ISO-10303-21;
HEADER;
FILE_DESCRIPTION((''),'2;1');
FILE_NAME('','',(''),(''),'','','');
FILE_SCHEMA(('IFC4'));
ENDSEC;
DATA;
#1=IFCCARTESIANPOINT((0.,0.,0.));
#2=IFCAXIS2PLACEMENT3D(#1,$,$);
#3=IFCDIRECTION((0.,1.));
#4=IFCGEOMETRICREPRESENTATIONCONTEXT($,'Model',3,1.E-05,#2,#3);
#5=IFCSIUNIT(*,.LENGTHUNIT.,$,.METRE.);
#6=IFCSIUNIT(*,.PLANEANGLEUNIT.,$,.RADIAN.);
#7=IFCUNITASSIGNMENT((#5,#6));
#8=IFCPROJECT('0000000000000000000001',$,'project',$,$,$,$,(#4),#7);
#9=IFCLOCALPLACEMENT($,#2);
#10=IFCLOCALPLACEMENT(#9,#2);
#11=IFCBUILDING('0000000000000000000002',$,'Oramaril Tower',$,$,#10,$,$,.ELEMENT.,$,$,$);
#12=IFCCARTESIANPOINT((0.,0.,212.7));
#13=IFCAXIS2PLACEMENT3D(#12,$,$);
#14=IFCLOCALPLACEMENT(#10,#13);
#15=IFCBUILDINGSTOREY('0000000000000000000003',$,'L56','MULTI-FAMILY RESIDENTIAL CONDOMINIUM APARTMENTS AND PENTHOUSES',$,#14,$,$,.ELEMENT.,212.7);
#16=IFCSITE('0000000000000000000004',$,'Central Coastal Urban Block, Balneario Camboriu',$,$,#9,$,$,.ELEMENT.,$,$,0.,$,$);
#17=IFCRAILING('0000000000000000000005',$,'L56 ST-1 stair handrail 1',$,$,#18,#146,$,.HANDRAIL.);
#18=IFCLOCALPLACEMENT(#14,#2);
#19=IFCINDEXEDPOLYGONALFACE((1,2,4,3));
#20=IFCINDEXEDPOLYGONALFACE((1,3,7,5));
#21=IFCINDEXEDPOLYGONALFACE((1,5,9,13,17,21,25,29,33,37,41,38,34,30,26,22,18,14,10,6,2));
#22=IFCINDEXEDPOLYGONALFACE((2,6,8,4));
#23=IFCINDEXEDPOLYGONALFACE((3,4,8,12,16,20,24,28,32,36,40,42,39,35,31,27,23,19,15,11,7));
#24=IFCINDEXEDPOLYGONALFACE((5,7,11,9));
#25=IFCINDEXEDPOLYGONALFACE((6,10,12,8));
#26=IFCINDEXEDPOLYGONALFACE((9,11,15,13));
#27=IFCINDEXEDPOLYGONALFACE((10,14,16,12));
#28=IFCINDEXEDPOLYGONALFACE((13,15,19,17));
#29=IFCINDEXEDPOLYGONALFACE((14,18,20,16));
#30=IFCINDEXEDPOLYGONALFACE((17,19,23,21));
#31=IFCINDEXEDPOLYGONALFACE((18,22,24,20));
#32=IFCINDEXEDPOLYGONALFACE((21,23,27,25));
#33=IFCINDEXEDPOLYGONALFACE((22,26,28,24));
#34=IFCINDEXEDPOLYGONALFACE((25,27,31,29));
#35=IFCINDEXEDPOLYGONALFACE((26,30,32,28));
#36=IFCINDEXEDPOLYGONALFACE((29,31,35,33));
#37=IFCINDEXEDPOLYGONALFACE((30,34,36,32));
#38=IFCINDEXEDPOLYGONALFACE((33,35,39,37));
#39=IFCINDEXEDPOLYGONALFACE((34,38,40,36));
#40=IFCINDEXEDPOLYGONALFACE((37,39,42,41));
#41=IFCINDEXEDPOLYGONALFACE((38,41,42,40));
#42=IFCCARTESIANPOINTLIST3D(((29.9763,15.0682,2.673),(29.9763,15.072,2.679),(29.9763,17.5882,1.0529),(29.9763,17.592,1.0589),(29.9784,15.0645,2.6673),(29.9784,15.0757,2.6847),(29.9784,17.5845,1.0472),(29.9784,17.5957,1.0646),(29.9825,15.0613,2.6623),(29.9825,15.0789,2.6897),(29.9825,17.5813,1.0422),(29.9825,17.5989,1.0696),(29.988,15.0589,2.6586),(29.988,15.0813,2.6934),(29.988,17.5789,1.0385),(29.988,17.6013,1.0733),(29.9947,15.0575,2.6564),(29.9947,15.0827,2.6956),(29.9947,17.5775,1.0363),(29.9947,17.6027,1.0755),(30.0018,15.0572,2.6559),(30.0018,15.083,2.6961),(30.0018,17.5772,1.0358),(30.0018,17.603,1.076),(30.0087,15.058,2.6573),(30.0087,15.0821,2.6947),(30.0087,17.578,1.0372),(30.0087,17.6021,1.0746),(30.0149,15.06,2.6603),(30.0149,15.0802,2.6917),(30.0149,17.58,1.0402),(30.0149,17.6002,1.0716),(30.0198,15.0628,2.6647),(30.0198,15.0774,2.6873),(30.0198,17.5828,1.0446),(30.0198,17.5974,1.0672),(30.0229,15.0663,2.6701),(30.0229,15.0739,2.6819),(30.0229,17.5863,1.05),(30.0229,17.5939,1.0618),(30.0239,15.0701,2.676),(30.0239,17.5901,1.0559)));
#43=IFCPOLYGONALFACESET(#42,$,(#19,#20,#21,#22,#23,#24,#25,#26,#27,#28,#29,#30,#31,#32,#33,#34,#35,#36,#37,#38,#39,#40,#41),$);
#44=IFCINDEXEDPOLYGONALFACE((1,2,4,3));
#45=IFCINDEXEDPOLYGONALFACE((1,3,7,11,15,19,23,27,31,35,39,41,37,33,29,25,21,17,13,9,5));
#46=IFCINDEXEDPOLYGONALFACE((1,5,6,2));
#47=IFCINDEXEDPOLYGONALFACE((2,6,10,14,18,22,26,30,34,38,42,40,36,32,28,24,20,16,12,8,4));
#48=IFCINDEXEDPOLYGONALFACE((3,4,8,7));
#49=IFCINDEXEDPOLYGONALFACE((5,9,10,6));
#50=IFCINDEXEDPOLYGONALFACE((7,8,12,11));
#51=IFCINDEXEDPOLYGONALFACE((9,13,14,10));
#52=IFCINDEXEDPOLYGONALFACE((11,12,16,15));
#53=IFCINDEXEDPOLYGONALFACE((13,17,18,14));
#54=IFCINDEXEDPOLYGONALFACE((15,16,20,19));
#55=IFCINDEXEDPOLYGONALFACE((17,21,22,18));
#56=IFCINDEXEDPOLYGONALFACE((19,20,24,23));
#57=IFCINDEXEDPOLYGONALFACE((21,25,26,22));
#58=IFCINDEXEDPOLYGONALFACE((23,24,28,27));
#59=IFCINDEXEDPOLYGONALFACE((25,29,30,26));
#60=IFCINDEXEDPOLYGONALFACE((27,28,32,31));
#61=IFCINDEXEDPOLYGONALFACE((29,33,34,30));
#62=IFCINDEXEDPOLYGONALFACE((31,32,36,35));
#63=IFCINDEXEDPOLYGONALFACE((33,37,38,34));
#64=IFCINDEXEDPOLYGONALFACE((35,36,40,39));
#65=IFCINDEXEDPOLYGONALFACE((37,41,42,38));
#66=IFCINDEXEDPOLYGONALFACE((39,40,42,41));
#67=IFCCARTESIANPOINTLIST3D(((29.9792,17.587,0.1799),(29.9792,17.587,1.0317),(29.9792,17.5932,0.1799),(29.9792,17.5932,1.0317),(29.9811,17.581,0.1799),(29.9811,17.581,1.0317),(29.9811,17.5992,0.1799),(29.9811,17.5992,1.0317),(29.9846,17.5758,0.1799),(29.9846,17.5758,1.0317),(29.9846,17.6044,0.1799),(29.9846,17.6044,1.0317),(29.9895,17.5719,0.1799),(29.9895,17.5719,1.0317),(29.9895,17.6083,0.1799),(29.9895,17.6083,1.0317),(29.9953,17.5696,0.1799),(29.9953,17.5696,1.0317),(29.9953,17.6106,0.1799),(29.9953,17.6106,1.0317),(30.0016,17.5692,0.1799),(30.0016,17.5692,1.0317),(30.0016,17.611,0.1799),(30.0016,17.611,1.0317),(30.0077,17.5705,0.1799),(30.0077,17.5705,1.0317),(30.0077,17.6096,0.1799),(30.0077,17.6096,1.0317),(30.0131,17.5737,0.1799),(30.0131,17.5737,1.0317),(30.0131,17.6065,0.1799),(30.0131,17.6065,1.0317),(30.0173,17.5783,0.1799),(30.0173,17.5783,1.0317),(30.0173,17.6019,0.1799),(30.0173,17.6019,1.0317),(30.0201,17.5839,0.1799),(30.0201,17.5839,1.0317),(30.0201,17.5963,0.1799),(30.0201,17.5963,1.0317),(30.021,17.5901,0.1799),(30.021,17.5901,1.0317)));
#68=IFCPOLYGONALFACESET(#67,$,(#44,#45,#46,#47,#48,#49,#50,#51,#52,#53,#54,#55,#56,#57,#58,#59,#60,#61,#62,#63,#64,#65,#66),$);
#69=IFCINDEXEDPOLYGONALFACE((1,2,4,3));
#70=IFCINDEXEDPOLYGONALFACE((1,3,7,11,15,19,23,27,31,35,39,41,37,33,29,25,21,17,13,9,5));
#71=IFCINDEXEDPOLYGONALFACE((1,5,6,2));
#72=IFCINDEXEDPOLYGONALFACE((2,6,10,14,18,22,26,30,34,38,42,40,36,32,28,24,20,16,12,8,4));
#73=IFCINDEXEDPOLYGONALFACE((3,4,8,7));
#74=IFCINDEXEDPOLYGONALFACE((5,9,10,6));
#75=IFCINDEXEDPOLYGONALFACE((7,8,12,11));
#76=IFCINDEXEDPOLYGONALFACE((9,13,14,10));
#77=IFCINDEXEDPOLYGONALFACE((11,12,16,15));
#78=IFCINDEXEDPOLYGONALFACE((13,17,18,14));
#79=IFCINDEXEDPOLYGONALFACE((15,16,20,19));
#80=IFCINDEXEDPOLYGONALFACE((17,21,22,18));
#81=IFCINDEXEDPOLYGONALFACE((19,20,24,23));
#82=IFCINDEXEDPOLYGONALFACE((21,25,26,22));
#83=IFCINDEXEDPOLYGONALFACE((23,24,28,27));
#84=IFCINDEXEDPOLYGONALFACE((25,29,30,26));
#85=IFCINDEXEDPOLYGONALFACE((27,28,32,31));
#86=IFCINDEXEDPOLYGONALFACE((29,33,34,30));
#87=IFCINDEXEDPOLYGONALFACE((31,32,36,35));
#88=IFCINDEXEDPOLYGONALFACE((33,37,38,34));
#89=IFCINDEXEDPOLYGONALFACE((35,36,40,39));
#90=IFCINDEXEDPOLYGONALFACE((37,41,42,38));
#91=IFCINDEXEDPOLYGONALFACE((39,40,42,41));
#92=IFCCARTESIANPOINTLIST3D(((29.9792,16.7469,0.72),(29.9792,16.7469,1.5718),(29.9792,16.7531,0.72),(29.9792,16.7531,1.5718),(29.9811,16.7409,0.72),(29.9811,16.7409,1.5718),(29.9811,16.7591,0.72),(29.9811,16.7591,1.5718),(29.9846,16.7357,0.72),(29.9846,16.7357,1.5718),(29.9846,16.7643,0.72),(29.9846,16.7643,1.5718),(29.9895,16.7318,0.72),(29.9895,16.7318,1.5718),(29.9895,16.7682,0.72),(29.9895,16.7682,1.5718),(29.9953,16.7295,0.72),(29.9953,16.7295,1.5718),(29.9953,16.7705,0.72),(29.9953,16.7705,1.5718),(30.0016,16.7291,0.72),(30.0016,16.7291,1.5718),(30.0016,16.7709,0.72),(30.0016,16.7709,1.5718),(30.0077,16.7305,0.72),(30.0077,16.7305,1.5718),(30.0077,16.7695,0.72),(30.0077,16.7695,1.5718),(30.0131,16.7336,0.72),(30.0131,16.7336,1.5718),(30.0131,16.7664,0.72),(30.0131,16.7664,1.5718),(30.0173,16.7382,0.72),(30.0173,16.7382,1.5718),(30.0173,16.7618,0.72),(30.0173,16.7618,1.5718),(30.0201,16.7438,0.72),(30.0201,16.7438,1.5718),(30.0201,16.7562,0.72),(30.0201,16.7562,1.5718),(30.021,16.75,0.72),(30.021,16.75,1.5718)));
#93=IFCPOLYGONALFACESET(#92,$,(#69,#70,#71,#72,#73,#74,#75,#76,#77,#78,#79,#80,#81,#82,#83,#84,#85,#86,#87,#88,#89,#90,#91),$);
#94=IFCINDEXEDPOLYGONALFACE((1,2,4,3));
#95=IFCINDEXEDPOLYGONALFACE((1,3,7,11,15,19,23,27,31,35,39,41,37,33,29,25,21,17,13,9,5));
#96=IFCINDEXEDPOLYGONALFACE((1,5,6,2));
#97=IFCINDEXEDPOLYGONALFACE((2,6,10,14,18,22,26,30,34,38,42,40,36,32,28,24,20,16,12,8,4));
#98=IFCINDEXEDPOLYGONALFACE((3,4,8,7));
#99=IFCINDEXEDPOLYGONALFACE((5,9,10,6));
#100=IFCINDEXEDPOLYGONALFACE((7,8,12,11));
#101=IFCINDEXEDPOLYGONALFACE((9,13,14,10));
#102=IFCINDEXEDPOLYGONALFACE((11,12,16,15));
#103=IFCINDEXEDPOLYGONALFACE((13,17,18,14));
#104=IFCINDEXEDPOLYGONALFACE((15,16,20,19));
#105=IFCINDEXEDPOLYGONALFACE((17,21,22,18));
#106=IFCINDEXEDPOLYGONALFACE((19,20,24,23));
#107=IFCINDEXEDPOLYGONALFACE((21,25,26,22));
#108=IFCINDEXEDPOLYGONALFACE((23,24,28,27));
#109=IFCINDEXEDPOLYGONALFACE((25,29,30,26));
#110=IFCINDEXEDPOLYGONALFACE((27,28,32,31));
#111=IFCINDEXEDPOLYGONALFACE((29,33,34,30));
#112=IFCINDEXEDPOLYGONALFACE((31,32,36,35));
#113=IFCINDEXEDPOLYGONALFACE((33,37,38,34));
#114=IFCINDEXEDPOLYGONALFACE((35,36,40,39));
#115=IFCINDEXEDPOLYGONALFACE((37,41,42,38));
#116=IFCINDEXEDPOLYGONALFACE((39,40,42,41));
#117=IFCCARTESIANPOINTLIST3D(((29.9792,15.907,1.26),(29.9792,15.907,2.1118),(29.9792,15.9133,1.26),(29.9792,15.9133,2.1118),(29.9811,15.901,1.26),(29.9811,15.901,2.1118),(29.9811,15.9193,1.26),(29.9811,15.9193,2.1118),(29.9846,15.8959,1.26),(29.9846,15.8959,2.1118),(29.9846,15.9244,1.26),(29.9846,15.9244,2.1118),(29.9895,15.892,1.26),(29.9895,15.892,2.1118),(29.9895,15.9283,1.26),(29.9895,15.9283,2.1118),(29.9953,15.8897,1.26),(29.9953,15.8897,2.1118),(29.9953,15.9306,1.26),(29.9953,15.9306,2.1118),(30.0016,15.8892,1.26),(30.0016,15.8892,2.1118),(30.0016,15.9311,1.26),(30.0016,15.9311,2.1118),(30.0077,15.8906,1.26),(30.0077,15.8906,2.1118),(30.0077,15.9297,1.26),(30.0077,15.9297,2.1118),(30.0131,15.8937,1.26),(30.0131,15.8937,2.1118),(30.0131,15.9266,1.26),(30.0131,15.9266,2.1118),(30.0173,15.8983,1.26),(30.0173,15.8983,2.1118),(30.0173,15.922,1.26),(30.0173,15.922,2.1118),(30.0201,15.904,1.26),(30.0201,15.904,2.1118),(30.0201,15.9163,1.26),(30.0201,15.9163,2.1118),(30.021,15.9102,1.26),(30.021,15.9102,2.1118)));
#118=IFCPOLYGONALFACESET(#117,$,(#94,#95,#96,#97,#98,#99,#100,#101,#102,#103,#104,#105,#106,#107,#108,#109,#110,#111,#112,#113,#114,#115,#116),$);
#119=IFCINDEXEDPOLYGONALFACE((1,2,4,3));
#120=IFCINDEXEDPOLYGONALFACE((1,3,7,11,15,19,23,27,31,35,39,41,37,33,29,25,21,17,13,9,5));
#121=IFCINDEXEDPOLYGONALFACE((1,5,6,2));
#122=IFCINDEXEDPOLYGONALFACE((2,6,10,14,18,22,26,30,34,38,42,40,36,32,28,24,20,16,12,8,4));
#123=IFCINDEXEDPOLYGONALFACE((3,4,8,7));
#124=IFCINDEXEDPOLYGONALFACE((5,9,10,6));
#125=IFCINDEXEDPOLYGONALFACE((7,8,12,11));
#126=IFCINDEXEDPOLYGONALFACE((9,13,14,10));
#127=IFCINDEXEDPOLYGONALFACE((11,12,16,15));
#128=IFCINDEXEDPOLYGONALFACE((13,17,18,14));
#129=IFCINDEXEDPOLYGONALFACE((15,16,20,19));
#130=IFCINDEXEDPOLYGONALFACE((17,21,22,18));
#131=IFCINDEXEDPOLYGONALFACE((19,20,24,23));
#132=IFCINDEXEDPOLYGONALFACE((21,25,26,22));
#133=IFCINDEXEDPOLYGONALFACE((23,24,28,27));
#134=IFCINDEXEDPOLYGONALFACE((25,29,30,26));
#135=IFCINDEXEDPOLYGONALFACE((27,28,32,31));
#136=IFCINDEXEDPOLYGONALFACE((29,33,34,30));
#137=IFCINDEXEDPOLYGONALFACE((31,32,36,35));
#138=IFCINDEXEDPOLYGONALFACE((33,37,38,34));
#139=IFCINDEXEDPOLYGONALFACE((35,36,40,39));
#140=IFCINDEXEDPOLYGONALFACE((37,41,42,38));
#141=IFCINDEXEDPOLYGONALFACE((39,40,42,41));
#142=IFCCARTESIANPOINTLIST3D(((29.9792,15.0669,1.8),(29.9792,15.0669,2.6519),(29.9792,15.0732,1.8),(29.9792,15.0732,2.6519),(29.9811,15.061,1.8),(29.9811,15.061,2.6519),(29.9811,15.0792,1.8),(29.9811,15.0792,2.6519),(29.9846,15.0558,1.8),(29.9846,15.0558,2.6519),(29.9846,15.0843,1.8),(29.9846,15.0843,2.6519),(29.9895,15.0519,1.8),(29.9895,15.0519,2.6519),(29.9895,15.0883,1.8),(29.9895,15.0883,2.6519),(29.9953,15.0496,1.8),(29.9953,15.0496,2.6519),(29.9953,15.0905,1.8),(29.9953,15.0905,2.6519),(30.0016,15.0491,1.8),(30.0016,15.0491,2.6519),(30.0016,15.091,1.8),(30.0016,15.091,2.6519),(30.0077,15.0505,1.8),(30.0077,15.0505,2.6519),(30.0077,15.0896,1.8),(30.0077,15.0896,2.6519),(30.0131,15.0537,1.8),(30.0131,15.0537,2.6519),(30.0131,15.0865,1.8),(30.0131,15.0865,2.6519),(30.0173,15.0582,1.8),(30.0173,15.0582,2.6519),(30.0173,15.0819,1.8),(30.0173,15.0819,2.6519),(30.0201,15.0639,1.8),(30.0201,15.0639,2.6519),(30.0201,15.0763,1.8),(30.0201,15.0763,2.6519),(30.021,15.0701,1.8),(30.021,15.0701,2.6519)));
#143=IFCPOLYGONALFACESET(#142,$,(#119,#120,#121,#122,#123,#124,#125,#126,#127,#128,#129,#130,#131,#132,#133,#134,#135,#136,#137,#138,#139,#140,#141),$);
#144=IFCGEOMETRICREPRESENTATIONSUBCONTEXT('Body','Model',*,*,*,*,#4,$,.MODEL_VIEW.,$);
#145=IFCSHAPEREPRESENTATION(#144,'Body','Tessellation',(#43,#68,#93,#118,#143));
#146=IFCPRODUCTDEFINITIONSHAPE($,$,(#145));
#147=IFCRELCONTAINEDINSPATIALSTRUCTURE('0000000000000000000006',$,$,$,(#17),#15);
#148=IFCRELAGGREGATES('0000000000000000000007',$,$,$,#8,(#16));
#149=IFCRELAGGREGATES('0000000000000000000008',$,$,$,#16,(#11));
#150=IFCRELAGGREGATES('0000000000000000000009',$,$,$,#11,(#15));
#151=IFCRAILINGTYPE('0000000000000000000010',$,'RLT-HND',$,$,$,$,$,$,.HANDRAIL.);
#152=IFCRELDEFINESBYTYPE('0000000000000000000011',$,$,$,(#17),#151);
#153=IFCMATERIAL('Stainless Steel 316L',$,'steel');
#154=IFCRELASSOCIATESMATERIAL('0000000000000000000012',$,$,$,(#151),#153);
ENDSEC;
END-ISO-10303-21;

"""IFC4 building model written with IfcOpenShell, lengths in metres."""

from ifc_helpers import new_model, si_unit, direction, frame, origin, origin_2d, place, context, subcontext, project, spatial, circle, extrude, material, type_object, element, save


model = new_model("IFC4")

# Units and contexts
model_context = context("Model", 3, precision=1e-05, world=origin(), true_north=direction((0.0, 1.0)))
body_context = subcontext(model_context, "Body", "Model", "MODEL_VIEW")
ifc_project = project(units=[si_unit("LENGTHUNIT", "METRE"), si_unit("PLANEANGLEUNIT", "RADIAN")], contexts=[model_context])

# Site, building, storey
site_placement = place(None, origin())
site = spatial("IfcSite", under=ifc_project, at=site_placement, Name="Central Coastal Urban Block, Balneario Camboriu", CompositionType="ELEMENT", RefElevation=0.0)
building_placement = place(site_placement, origin())
building = spatial("IfcBuilding", under=site, at=building_placement, Name="Oramaril Tower", CompositionType="ELEMENT")
storey_placement = place(building_placement, frame((0.0, 0.0, 212.7)))
storey = spatial("IfcBuildingStorey", under=building, at=storey_placement, Name="L56", Description="MULTI-FAMILY RESIDENTIAL CONDOMINIUM APARTMENTS AND PENTHOUSES", CompositionType="ELEMENT", Elevation=212.7)

# Railing
ifc_material_1 = material(Name="Stainless Steel 316L", Category="steel")
railing_type_1 = type_object("IfcRailingType", Name="RLT-HND", PredefinedType="HANDRAIL", material=ifc_material_1)
railing_1_placement = place(storey_placement, frame((30.0, 17.5901, 0.1799)))
element("IfcRailing", 1, at=railing_1_placement, inside=storey, type_object=railing_type_1, Name="L56 ST-1 stair handrail 1", PredefinedType="HANDRAIL", context=body_context, shape_type="SweptSolid", body=[
    extrude(circle(Radius=0.0239, at=origin_2d()), frame((0.0, 0.0, 0.876), z_axis=(0.0, -0.841163, 0.540782), x_axis=(1.0, 0.0, 0.0)), (0.0, 0.0, 1.0), 2.9958),
    extrude(circle(Radius=0.021, at=origin_2d()), origin(), (0.0, 0.0, 1.0), 0.8518),
    extrude(circle(Radius=0.021, at=origin_2d()), frame((0.0, -0.8401, 0.54)), (0.0, 0.0, 1.0), 0.8518),
    extrude(circle(Radius=0.021, at=origin_2d()), frame((0.0, -1.6799, 1.0801)), (0.0, 0.0, 1.0), 0.8518),
    extrude(circle(Radius=0.021, at=origin_2d()), frame((0.0, -2.52, 1.6201)), (0.0, 0.0, 1.0), 0.8518),
])

save(model, "model.ifc")
